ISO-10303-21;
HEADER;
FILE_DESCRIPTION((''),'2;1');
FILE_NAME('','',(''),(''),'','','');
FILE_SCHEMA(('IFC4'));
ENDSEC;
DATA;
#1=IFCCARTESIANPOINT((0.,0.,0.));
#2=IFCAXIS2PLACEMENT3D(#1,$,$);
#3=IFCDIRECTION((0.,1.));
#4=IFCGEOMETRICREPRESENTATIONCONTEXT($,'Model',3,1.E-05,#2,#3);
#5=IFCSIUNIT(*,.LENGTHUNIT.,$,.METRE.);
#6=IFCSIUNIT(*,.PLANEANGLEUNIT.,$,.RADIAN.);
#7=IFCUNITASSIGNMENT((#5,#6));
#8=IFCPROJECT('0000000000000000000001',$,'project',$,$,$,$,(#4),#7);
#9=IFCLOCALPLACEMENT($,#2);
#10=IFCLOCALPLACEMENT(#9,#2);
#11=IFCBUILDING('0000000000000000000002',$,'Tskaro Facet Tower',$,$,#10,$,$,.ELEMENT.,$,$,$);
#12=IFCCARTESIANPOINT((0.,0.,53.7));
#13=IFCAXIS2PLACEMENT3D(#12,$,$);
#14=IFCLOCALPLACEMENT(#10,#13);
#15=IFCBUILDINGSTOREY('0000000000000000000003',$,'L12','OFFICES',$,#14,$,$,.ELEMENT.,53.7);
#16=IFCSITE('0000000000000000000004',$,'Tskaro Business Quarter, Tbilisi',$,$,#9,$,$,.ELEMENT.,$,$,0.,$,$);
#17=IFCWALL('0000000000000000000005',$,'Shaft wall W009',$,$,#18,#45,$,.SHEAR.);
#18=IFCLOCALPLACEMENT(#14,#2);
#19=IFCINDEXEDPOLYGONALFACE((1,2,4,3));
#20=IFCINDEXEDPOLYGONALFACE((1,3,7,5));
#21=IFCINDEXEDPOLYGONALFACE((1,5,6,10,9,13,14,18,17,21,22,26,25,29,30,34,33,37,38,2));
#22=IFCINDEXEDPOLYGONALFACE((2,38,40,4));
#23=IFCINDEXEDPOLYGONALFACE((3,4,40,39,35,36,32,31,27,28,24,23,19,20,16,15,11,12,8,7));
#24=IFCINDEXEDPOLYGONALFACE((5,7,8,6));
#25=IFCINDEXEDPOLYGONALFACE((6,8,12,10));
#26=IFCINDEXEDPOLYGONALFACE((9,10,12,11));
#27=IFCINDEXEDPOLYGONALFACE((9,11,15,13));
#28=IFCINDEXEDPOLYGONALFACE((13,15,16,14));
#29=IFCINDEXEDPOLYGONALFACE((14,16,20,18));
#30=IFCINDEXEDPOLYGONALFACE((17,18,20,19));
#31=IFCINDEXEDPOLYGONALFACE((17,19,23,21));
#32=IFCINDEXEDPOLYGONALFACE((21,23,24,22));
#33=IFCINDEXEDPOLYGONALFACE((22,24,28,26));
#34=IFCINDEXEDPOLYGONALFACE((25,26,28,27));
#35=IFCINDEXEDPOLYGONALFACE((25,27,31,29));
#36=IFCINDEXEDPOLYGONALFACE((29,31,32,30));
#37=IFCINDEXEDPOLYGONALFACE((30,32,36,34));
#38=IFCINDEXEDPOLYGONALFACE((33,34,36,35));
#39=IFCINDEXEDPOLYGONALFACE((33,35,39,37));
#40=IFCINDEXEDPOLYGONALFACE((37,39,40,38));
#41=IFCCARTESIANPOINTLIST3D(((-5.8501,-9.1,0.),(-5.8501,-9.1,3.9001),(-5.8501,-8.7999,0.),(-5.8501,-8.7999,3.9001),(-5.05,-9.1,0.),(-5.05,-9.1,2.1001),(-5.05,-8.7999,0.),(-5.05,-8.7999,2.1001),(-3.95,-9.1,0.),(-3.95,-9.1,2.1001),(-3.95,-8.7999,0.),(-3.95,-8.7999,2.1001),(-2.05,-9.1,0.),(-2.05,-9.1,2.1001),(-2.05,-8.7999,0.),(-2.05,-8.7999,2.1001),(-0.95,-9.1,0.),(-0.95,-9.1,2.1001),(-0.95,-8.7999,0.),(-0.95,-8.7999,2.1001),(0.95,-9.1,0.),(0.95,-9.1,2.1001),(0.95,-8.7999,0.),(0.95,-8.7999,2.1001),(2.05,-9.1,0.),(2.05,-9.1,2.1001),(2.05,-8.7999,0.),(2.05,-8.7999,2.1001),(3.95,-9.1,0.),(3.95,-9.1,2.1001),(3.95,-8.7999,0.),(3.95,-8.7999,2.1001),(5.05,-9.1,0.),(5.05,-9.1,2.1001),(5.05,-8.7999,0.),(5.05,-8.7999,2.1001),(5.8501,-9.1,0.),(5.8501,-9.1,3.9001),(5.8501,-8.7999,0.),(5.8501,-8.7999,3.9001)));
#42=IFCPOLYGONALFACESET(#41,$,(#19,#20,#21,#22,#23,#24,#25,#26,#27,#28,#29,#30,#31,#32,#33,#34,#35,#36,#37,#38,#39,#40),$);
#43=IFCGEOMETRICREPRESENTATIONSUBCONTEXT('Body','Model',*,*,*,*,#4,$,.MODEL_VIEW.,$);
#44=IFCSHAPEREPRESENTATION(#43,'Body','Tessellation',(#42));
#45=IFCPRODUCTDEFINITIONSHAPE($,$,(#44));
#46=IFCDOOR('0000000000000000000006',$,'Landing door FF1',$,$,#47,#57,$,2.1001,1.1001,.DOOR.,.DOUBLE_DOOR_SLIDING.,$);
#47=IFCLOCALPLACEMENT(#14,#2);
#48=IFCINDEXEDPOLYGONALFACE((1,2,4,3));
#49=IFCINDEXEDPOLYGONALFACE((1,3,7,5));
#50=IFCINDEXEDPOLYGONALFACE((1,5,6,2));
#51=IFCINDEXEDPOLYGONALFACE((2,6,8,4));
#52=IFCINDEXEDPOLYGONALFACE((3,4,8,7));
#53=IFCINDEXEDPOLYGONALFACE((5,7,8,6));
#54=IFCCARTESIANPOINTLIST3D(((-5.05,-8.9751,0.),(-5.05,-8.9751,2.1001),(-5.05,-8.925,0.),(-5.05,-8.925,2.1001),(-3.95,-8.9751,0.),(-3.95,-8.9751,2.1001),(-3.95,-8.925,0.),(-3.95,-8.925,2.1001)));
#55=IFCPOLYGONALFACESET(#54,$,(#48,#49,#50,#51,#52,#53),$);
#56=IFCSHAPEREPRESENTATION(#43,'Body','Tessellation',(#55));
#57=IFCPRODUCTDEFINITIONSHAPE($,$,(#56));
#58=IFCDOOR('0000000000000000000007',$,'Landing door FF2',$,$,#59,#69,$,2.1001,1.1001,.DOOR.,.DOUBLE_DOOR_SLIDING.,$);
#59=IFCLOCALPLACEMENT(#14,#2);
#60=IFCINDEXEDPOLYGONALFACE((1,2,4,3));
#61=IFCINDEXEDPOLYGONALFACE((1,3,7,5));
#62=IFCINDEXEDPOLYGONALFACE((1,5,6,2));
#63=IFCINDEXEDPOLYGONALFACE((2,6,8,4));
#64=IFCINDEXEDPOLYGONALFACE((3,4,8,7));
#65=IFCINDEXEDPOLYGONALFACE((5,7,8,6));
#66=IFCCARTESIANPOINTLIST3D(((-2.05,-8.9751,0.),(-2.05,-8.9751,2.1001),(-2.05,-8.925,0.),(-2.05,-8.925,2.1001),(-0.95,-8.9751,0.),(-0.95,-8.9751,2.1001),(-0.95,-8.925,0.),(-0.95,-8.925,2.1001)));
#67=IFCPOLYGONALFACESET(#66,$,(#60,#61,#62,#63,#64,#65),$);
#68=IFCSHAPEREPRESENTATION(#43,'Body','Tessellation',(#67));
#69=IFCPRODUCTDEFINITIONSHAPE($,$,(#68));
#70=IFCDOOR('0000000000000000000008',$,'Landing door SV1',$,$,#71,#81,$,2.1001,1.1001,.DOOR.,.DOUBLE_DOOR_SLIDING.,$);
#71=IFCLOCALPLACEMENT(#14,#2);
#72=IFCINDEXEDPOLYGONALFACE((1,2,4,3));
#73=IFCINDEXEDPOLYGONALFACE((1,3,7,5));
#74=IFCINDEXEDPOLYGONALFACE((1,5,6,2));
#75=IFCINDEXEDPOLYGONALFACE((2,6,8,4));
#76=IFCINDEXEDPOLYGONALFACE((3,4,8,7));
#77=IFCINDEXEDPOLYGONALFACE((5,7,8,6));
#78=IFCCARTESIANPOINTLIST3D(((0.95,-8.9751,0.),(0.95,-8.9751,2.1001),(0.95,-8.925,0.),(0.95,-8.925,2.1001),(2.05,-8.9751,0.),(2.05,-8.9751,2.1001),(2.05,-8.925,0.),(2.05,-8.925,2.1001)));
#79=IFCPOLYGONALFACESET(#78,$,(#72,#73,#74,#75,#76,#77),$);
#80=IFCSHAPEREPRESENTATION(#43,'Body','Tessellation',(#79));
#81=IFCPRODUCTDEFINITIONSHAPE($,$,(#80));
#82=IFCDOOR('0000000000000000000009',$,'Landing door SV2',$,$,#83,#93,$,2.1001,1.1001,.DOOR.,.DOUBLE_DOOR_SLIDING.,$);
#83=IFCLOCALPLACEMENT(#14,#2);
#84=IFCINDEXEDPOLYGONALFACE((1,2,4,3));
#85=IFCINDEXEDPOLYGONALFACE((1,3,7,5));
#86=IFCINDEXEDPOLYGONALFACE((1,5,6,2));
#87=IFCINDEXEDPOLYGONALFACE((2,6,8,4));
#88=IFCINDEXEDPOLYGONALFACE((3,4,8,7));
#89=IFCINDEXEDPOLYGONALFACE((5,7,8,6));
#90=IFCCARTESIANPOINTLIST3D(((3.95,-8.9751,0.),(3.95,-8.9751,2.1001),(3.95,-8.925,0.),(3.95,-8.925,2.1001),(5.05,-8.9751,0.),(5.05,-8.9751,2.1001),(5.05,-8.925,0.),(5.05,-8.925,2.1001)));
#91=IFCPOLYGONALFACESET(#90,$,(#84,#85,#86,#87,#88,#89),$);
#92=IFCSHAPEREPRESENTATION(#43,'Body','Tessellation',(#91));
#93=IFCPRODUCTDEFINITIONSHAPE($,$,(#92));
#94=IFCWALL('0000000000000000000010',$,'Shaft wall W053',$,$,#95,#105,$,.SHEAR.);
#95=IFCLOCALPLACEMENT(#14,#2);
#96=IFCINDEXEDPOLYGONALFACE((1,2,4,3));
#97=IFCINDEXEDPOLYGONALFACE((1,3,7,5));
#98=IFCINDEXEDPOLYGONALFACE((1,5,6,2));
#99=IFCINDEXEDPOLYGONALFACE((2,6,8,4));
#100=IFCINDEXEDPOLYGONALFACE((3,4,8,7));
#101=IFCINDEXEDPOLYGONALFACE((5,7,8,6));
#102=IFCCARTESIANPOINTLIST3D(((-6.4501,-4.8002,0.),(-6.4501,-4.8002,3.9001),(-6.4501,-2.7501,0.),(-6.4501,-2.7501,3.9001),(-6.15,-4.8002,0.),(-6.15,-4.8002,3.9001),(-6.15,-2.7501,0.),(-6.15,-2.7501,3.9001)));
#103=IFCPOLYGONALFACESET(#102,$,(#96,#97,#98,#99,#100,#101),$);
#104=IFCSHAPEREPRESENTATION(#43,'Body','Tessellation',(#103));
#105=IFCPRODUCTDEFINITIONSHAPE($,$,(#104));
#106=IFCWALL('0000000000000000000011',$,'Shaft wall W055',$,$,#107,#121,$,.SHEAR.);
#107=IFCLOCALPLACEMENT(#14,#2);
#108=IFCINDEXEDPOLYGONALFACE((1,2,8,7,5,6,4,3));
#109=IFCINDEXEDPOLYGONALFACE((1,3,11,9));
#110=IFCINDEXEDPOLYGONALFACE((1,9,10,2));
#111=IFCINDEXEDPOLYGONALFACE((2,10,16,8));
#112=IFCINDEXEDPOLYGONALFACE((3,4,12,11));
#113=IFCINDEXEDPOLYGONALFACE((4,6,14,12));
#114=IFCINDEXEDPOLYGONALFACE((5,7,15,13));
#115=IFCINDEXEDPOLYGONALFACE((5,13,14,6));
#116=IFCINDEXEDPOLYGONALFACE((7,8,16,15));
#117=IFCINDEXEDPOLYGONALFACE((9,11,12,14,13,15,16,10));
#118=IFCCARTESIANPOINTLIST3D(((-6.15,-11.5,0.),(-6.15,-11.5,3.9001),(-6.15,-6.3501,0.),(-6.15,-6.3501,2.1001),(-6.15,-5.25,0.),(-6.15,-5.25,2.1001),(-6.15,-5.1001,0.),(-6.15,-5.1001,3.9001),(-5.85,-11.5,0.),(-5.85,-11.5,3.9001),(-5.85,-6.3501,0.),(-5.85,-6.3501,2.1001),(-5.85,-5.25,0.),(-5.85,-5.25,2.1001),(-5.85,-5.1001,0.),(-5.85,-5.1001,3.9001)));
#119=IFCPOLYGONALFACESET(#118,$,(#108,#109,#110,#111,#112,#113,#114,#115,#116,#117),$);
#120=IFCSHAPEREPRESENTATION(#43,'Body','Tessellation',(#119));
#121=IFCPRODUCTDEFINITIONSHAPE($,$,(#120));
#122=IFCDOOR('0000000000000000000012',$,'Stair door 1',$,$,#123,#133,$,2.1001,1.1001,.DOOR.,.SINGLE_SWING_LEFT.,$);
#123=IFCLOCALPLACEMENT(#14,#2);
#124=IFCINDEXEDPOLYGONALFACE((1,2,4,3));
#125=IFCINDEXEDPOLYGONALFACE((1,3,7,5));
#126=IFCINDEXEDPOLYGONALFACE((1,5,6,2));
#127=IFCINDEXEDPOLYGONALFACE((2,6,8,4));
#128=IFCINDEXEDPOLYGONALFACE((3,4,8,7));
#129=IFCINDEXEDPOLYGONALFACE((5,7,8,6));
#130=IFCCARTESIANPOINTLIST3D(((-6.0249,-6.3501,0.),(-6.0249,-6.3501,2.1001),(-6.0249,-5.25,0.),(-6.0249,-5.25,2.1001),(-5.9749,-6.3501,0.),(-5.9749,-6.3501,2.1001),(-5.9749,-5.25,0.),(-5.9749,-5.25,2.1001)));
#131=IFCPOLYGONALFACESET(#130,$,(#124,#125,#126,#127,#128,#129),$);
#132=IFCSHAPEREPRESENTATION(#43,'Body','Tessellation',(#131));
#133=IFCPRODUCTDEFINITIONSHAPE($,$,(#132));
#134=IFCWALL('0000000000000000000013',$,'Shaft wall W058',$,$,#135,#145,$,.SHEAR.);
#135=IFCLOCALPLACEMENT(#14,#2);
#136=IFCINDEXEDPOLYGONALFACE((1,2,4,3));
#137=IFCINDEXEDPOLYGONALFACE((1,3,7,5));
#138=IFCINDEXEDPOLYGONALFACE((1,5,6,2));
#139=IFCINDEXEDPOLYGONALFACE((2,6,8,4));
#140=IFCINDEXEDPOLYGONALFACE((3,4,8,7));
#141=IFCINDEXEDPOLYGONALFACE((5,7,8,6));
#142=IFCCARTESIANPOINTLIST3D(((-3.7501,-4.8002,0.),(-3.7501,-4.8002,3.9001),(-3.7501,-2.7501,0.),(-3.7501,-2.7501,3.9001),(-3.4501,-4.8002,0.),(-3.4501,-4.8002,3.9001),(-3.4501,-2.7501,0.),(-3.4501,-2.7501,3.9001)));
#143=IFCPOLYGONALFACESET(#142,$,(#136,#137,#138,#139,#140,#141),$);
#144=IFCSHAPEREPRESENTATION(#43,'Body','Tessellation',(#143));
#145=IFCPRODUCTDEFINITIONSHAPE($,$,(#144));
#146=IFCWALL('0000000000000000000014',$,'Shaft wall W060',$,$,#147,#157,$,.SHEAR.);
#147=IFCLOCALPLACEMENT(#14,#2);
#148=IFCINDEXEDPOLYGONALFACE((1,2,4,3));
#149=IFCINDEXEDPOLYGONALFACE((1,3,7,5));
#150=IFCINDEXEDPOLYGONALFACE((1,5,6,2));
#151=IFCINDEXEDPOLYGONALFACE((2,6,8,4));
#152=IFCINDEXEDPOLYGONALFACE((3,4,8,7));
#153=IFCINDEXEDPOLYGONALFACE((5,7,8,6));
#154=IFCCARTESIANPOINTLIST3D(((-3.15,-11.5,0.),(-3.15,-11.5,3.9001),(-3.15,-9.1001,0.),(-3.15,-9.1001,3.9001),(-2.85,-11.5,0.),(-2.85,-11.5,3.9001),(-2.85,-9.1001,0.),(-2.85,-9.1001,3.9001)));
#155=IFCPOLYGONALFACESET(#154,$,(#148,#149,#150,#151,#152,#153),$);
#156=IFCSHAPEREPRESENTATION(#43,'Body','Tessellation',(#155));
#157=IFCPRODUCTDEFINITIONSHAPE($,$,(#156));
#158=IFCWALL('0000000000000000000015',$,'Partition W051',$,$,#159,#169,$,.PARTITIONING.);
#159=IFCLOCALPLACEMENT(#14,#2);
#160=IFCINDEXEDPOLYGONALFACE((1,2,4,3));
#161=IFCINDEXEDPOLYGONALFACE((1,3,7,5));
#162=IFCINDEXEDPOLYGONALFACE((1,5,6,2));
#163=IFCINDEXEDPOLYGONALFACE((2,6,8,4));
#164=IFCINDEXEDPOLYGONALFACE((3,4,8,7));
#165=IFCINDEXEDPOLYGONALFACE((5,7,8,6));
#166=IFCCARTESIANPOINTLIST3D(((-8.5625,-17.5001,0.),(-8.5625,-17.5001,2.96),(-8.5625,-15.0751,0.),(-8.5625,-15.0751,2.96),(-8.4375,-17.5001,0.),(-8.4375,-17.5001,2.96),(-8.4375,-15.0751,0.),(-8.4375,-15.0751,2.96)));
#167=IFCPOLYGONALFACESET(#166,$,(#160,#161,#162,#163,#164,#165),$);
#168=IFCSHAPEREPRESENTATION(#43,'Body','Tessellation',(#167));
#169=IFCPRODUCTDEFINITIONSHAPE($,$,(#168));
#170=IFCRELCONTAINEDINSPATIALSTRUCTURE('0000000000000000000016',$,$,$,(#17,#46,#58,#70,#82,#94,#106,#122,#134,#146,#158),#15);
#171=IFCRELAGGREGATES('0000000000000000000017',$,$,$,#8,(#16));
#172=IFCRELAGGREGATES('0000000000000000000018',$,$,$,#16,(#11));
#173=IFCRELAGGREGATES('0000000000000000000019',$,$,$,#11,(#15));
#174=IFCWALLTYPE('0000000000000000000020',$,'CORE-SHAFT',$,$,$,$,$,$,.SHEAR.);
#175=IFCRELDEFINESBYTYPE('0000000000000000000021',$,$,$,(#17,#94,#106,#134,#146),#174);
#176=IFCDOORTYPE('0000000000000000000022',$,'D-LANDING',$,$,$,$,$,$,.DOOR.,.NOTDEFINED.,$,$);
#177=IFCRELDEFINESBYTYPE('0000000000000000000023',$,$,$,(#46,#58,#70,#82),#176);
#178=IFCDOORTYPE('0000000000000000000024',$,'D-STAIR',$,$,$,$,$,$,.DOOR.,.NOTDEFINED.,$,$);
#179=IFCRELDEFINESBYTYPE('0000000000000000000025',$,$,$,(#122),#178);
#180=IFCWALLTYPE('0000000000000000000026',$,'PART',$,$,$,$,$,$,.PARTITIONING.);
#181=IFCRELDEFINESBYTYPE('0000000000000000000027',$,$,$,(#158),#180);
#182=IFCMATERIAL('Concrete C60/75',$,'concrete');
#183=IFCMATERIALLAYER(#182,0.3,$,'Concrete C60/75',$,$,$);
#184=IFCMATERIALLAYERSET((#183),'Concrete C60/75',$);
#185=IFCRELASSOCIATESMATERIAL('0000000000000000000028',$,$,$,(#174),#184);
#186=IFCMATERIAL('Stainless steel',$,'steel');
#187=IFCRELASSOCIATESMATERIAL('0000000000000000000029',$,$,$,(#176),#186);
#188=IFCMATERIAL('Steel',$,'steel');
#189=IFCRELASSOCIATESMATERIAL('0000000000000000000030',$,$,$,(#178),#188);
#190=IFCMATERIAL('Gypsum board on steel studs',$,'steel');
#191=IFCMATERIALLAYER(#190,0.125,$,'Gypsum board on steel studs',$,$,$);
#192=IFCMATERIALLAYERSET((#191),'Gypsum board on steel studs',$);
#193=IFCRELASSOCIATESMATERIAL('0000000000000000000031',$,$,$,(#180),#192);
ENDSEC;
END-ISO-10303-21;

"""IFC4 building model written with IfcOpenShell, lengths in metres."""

from ifc_helpers import new_model, si_unit, direction, frame, frame_2d, origin, place, context, subcontext, project, spatial, rectangle, extrude, material, layer, layer_set, type_object, element, fill, save


model = new_model("IFC4")

# Units and contexts
model_context = context("Model", 3, precision=1e-05, world=origin(), true_north=direction((0.0, 1.0)))
body_context = subcontext(model_context, "Body", "Model", "MODEL_VIEW")
ifc_project = project(units=[si_unit("LENGTHUNIT", "METRE"), si_unit("PLANEANGLEUNIT", "RADIAN")], contexts=[model_context])

# Site, building, storey
site_placement = place(None, origin())
site = spatial("IfcSite", under=ifc_project, at=site_placement, Name="Tskaro Business Quarter, Tbilisi", CompositionType="ELEMENT", RefElevation=0.0)
building_placement = place(site_placement, origin())
building = spatial("IfcBuilding", under=site, at=building_placement, Name="Tskaro Facet Tower", CompositionType="ELEMENT")
storey_placement = place(building_placement, frame((0.0, 0.0, 53.7)))
storey = spatial("IfcBuildingStorey", under=building, at=storey_placement, Name="L12", Description="OFFICES", CompositionType="ELEMENT", Elevation=53.7)

# Wall, openings, doors
ifc_material_1 = material(Name="Concrete C60/75", Category="concrete")
ifc_layer_1 = layer(ifc_material_1, 0.3, Name="Concrete C60/75")
ifc_layer_set_1 = layer_set([ifc_layer_1], Name="Concrete C60/75")
wall_type_1 = type_object("IfcWallType", Name="CORE-SHAFT", PredefinedType="SHEAR", material=ifc_layer_set_1)
wall_1_placement = place(storey_placement, frame((-5.8501, -8.95, 0.0), z_axis=(0.0, 0.0, 1.0), x_axis=(1.0, 0.0, 0.0)))
wall_1 = element("IfcWall", 1, at=wall_1_placement, inside=storey, type_object=wall_type_1, Name="Shaft wall W009", PredefinedType="SHEAR", context=body_context, shape_type="SweptSolid", body=[
    extrude(rectangle(XDim=11.7002, YDim=0.3, at=frame_2d((5.8501, 0.0))), origin(), (0.0, 0.0, 1.0), 3.9001),
])
opening_1_placement = place(wall_1_placement, frame((0.8, 0.0, 0.0)))
opening_1 = element("IfcOpeningElement", 2, at=opening_1_placement, cuts=wall_1, PredefinedType="OPENING", context=body_context, shape_type="SweptSolid", body=[
    extrude(rectangle(XDim=1.1001, YDim=2.1001, at=frame_2d((0.55, 1.05))), frame((0.0, 0.1599, 0.0), z_axis=(0.0, -1.0, 0.0), x_axis=(1.0, 0.0, 0.0)), (0.0, 0.0, 1.0), 0.3201),
])
opening_2_placement = place(wall_1_placement, frame((3.8, 0.0, 0.0)))
opening_2 = element("IfcOpeningElement", 3, at=opening_2_placement, cuts=wall_1, PredefinedType="OPENING", context=body_context, shape_type="SweptSolid", body=[
    extrude(rectangle(XDim=1.1001, YDim=2.1001, at=frame_2d((0.55, 1.05))), frame((0.0, 0.1599, 0.0), z_axis=(0.0, -1.0, 0.0), x_axis=(1.0, 0.0, 0.0)), (0.0, 0.0, 1.0), 0.3201),
])
opening_3_placement = place(wall_1_placement, frame((6.8, 0.0, 0.0)))
opening_3 = element("IfcOpeningElement", 4, at=opening_3_placement, cuts=wall_1, PredefinedType="OPENING", context=body_context, shape_type="SweptSolid", body=[
    extrude(rectangle(XDim=1.1001, YDim=2.1001, at=frame_2d((0.55, 1.05))), frame((0.0, 0.1599, 0.0), z_axis=(0.0, -1.0, 0.0), x_axis=(1.0, 0.0, 0.0)), (0.0, 0.0, 1.0), 0.3201),
])
opening_4_placement = place(wall_1_placement, frame((9.8, 0.0, 0.0)))
opening_4 = element("IfcOpeningElement", 5, at=opening_4_placement, cuts=wall_1, PredefinedType="OPENING", context=body_context, shape_type="SweptSolid", body=[
    extrude(rectangle(XDim=1.1001, YDim=2.1001, at=frame_2d((0.55, 1.05))), frame((0.0, 0.1599, 0.0), z_axis=(0.0, -1.0, 0.0), x_axis=(1.0, 0.0, 0.0)), (0.0, 0.0, 1.0), 0.3201),
])
ifc_material_2 = material(Name="Stainless steel", Category="steel")
door_type_1 = type_object("IfcDoorType", Name="D-LANDING", OperationType="NOTDEFINED", PredefinedType="DOOR", material=ifc_material_2)
door_1_placement = place(opening_1_placement, origin())
door_1 = element("IfcDoor", 6, at=door_1_placement, inside=storey, type_object=door_type_1, Name="Landing door FF1", OperationType="DOUBLE_DOOR_SLIDING", OverallHeight=2.1001, OverallWidth=1.1001, PredefinedType="DOOR", context=body_context, shape_type="SweptSolid", body=[
    extrude(rectangle(XDim=1.1001, YDim=2.1001, at=frame_2d((0.55, 1.05))), frame((0.0, 0.0249, 0.0), z_axis=(0.0, -1.0, 0.0), x_axis=(1.0, 0.0, 0.0)), (0.0, 0.0, 1.0), 0.05),
])
fill(opening_1, door_1)
door_2_placement = place(opening_2_placement, origin())
door_2 = element("IfcDoor", 7, at=door_2_placement, inside=storey, type_object=door_type_1, Name="Landing door FF2", OperationType="DOUBLE_DOOR_SLIDING", OverallHeight=2.1001, OverallWidth=1.1001, PredefinedType="DOOR", context=body_context, shape_type="SweptSolid", body=[
    extrude(rectangle(XDim=1.1001, YDim=2.1001, at=frame_2d((0.55, 1.05))), frame((0.0, 0.0249, 0.0), z_axis=(0.0, -1.0, 0.0), x_axis=(1.0, 0.0, 0.0)), (0.0, 0.0, 1.0), 0.05),
])
fill(opening_2, door_2)
door_3_placement = place(opening_3_placement, origin())
door_3 = element("IfcDoor", 8, at=door_3_placement, inside=storey, type_object=door_type_1, Name="Landing door SV1", OperationType="DOUBLE_DOOR_SLIDING", OverallHeight=2.1001, OverallWidth=1.1001, PredefinedType="DOOR", context=body_context, shape_type="SweptSolid", body=[
    extrude(rectangle(XDim=1.1001, YDim=2.1001, at=frame_2d((0.55, 1.05))), frame((0.0, 0.0249, 0.0), z_axis=(0.0, -1.0, 0.0), x_axis=(1.0, 0.0, 0.0)), (0.0, 0.0, 1.0), 0.05),
])
fill(opening_3, door_3)
door_4_placement = place(opening_4_placement, origin())
door_4 = element("IfcDoor", 9, at=door_4_placement, inside=storey, type_object=door_type_1, Name="Landing door SV2", OperationType="DOUBLE_DOOR_SLIDING", OverallHeight=2.1001, OverallWidth=1.1001, PredefinedType="DOOR", context=body_context, shape_type="SweptSolid", body=[
    extrude(rectangle(XDim=1.1001, YDim=2.1001, at=frame_2d((0.55, 1.05))), frame((0.0, 0.0249, 0.0), z_axis=(0.0, -1.0, 0.0), x_axis=(1.0, 0.0, 0.0)), (0.0, 0.0, 1.0), 0.05),
])
fill(opening_4, door_4)

# Wall
wall_2_placement = place(storey_placement, frame((-6.3, -4.8, 0.0), z_axis=(0.0, 0.0, 1.0), x_axis=(0.0, 1.0, 0.0)))
element("IfcWall", 10, at=wall_2_placement, inside=storey, type_object=wall_type_1, Name="Shaft wall W053", PredefinedType="SHEAR", context=body_context, shape_type="SweptSolid", body=[
    extrude(rectangle(XDim=2.05, YDim=0.3, at=frame_2d((1.0249, 0.0))), origin(), (0.0, 0.0, 1.0), 3.9001),
])

# Wall, opening, door
wall_3_placement = place(storey_placement, frame((-6.0, -11.5, 0.0), z_axis=(0.0, 0.0, 1.0), x_axis=(0.0, 1.0, 0.0)))
wall_3 = element("IfcWall", 11, at=wall_3_placement, inside=storey, type_object=wall_type_1, Name="Shaft wall W055", PredefinedType="SHEAR", context=body_context, shape_type="SweptSolid", body=[
    extrude(rectangle(XDim=6.3999, YDim=0.3, at=frame_2d((3.2, 0.0))), origin(), (0.0, 0.0, 1.0), 3.9001),
])
opening_5_placement = place(wall_3_placement, frame((5.1499, 0.0, 0.0)))
opening_5 = element("IfcOpeningElement", 12, at=opening_5_placement, cuts=wall_3, PredefinedType="OPENING", context=body_context, shape_type="SweptSolid", body=[
    extrude(rectangle(XDim=1.1001, YDim=2.1001, at=frame_2d((0.55, 1.05))), frame((0.0, 0.1599, 0.0), z_axis=(0.0, -1.0, 0.0), x_axis=(1.0, 0.0, 0.0)), (0.0, 0.0, 1.0), 0.3201),
])
ifc_material_3 = material(Name="Steel", Category="steel")
door_type_2 = type_object("IfcDoorType", Name="D-STAIR", OperationType="NOTDEFINED", PredefinedType="DOOR", material=ifc_material_3)
door_5_placement = place(opening_5_placement, origin())
door_5 = element("IfcDoor", 13, at=door_5_placement, inside=storey, type_object=door_type_2, Name="Stair door 1", OperationType="SINGLE_SWING_LEFT", OverallHeight=2.1001, OverallWidth=1.1001, PredefinedType="DOOR", context=body_context, shape_type="SweptSolid", body=[
    extrude(rectangle(XDim=1.1001, YDim=2.1001, at=frame_2d((0.55, 1.05))), frame((0.0, 0.0249, 0.0), z_axis=(0.0, -1.0, 0.0), x_axis=(1.0, 0.0, 0.0)), (0.0, 0.0, 1.0), 0.05),
])
fill(opening_5, door_5)

# Walls
wall_4_placement = place(storey_placement, frame((-3.6001, -4.8, 0.0), z_axis=(0.0, 0.0, 1.0), x_axis=(0.0, 1.0, 0.0)))
element("IfcWall", 14, at=wall_4_placement, inside=storey, type_object=wall_type_1, Name="Shaft wall W058", PredefinedType="SHEAR", context=body_context, shape_type="SweptSolid", body=[
    extrude(rectangle(XDim=2.05, YDim=0.3, at=frame_2d((1.0249, 0.0))), origin(), (0.0, 0.0, 1.0), 3.9001),
])
wall_5_placement = place(storey_placement, frame((-3.0, -11.5, 0.0), z_axis=(0.0, 0.0, 1.0), x_axis=(0.0, 1.0, 0.0)))
element("IfcWall", 15, at=wall_5_placement, inside=storey, type_object=wall_type_1, Name="Shaft wall W060", PredefinedType="SHEAR", context=body_context, shape_type="SweptSolid", body=[
    extrude(rectangle(XDim=2.3999, YDim=0.3, at=frame_2d((1.2, 0.0))), origin(), (0.0, 0.0, 1.0), 3.9001),
])
ifc_material_4 = material(Name="Gypsum board on steel studs", Category="steel")
ifc_layer_2 = layer(ifc_material_4, 0.125, Name="Gypsum board on steel studs")
ifc_layer_set_2 = layer_set([ifc_layer_2], Name="Gypsum board on steel studs")
wall_type_2 = type_object("IfcWallType", Name="PART", PredefinedType="PARTITIONING", material=ifc_layer_set_2)
wall_6_placement = place(storey_placement, frame((-8.5, -17.5, 0.0), z_axis=(0.0, 0.0, 1.0), x_axis=(0.0, 1.0, 0.0)))
element("IfcWall", 16, at=wall_6_placement, inside=storey, type_object=wall_type_2, Name="Partition W051", PredefinedType="PARTITIONING", context=body_context, shape_type="SweptSolid", body=[
    extrude(rectangle(XDim=2.425, YDim=0.125, at=frame_2d((1.2124, 0.0))), origin(), (0.0, 0.0, 1.0), 2.96),
])

save(model, "model.ifc")
